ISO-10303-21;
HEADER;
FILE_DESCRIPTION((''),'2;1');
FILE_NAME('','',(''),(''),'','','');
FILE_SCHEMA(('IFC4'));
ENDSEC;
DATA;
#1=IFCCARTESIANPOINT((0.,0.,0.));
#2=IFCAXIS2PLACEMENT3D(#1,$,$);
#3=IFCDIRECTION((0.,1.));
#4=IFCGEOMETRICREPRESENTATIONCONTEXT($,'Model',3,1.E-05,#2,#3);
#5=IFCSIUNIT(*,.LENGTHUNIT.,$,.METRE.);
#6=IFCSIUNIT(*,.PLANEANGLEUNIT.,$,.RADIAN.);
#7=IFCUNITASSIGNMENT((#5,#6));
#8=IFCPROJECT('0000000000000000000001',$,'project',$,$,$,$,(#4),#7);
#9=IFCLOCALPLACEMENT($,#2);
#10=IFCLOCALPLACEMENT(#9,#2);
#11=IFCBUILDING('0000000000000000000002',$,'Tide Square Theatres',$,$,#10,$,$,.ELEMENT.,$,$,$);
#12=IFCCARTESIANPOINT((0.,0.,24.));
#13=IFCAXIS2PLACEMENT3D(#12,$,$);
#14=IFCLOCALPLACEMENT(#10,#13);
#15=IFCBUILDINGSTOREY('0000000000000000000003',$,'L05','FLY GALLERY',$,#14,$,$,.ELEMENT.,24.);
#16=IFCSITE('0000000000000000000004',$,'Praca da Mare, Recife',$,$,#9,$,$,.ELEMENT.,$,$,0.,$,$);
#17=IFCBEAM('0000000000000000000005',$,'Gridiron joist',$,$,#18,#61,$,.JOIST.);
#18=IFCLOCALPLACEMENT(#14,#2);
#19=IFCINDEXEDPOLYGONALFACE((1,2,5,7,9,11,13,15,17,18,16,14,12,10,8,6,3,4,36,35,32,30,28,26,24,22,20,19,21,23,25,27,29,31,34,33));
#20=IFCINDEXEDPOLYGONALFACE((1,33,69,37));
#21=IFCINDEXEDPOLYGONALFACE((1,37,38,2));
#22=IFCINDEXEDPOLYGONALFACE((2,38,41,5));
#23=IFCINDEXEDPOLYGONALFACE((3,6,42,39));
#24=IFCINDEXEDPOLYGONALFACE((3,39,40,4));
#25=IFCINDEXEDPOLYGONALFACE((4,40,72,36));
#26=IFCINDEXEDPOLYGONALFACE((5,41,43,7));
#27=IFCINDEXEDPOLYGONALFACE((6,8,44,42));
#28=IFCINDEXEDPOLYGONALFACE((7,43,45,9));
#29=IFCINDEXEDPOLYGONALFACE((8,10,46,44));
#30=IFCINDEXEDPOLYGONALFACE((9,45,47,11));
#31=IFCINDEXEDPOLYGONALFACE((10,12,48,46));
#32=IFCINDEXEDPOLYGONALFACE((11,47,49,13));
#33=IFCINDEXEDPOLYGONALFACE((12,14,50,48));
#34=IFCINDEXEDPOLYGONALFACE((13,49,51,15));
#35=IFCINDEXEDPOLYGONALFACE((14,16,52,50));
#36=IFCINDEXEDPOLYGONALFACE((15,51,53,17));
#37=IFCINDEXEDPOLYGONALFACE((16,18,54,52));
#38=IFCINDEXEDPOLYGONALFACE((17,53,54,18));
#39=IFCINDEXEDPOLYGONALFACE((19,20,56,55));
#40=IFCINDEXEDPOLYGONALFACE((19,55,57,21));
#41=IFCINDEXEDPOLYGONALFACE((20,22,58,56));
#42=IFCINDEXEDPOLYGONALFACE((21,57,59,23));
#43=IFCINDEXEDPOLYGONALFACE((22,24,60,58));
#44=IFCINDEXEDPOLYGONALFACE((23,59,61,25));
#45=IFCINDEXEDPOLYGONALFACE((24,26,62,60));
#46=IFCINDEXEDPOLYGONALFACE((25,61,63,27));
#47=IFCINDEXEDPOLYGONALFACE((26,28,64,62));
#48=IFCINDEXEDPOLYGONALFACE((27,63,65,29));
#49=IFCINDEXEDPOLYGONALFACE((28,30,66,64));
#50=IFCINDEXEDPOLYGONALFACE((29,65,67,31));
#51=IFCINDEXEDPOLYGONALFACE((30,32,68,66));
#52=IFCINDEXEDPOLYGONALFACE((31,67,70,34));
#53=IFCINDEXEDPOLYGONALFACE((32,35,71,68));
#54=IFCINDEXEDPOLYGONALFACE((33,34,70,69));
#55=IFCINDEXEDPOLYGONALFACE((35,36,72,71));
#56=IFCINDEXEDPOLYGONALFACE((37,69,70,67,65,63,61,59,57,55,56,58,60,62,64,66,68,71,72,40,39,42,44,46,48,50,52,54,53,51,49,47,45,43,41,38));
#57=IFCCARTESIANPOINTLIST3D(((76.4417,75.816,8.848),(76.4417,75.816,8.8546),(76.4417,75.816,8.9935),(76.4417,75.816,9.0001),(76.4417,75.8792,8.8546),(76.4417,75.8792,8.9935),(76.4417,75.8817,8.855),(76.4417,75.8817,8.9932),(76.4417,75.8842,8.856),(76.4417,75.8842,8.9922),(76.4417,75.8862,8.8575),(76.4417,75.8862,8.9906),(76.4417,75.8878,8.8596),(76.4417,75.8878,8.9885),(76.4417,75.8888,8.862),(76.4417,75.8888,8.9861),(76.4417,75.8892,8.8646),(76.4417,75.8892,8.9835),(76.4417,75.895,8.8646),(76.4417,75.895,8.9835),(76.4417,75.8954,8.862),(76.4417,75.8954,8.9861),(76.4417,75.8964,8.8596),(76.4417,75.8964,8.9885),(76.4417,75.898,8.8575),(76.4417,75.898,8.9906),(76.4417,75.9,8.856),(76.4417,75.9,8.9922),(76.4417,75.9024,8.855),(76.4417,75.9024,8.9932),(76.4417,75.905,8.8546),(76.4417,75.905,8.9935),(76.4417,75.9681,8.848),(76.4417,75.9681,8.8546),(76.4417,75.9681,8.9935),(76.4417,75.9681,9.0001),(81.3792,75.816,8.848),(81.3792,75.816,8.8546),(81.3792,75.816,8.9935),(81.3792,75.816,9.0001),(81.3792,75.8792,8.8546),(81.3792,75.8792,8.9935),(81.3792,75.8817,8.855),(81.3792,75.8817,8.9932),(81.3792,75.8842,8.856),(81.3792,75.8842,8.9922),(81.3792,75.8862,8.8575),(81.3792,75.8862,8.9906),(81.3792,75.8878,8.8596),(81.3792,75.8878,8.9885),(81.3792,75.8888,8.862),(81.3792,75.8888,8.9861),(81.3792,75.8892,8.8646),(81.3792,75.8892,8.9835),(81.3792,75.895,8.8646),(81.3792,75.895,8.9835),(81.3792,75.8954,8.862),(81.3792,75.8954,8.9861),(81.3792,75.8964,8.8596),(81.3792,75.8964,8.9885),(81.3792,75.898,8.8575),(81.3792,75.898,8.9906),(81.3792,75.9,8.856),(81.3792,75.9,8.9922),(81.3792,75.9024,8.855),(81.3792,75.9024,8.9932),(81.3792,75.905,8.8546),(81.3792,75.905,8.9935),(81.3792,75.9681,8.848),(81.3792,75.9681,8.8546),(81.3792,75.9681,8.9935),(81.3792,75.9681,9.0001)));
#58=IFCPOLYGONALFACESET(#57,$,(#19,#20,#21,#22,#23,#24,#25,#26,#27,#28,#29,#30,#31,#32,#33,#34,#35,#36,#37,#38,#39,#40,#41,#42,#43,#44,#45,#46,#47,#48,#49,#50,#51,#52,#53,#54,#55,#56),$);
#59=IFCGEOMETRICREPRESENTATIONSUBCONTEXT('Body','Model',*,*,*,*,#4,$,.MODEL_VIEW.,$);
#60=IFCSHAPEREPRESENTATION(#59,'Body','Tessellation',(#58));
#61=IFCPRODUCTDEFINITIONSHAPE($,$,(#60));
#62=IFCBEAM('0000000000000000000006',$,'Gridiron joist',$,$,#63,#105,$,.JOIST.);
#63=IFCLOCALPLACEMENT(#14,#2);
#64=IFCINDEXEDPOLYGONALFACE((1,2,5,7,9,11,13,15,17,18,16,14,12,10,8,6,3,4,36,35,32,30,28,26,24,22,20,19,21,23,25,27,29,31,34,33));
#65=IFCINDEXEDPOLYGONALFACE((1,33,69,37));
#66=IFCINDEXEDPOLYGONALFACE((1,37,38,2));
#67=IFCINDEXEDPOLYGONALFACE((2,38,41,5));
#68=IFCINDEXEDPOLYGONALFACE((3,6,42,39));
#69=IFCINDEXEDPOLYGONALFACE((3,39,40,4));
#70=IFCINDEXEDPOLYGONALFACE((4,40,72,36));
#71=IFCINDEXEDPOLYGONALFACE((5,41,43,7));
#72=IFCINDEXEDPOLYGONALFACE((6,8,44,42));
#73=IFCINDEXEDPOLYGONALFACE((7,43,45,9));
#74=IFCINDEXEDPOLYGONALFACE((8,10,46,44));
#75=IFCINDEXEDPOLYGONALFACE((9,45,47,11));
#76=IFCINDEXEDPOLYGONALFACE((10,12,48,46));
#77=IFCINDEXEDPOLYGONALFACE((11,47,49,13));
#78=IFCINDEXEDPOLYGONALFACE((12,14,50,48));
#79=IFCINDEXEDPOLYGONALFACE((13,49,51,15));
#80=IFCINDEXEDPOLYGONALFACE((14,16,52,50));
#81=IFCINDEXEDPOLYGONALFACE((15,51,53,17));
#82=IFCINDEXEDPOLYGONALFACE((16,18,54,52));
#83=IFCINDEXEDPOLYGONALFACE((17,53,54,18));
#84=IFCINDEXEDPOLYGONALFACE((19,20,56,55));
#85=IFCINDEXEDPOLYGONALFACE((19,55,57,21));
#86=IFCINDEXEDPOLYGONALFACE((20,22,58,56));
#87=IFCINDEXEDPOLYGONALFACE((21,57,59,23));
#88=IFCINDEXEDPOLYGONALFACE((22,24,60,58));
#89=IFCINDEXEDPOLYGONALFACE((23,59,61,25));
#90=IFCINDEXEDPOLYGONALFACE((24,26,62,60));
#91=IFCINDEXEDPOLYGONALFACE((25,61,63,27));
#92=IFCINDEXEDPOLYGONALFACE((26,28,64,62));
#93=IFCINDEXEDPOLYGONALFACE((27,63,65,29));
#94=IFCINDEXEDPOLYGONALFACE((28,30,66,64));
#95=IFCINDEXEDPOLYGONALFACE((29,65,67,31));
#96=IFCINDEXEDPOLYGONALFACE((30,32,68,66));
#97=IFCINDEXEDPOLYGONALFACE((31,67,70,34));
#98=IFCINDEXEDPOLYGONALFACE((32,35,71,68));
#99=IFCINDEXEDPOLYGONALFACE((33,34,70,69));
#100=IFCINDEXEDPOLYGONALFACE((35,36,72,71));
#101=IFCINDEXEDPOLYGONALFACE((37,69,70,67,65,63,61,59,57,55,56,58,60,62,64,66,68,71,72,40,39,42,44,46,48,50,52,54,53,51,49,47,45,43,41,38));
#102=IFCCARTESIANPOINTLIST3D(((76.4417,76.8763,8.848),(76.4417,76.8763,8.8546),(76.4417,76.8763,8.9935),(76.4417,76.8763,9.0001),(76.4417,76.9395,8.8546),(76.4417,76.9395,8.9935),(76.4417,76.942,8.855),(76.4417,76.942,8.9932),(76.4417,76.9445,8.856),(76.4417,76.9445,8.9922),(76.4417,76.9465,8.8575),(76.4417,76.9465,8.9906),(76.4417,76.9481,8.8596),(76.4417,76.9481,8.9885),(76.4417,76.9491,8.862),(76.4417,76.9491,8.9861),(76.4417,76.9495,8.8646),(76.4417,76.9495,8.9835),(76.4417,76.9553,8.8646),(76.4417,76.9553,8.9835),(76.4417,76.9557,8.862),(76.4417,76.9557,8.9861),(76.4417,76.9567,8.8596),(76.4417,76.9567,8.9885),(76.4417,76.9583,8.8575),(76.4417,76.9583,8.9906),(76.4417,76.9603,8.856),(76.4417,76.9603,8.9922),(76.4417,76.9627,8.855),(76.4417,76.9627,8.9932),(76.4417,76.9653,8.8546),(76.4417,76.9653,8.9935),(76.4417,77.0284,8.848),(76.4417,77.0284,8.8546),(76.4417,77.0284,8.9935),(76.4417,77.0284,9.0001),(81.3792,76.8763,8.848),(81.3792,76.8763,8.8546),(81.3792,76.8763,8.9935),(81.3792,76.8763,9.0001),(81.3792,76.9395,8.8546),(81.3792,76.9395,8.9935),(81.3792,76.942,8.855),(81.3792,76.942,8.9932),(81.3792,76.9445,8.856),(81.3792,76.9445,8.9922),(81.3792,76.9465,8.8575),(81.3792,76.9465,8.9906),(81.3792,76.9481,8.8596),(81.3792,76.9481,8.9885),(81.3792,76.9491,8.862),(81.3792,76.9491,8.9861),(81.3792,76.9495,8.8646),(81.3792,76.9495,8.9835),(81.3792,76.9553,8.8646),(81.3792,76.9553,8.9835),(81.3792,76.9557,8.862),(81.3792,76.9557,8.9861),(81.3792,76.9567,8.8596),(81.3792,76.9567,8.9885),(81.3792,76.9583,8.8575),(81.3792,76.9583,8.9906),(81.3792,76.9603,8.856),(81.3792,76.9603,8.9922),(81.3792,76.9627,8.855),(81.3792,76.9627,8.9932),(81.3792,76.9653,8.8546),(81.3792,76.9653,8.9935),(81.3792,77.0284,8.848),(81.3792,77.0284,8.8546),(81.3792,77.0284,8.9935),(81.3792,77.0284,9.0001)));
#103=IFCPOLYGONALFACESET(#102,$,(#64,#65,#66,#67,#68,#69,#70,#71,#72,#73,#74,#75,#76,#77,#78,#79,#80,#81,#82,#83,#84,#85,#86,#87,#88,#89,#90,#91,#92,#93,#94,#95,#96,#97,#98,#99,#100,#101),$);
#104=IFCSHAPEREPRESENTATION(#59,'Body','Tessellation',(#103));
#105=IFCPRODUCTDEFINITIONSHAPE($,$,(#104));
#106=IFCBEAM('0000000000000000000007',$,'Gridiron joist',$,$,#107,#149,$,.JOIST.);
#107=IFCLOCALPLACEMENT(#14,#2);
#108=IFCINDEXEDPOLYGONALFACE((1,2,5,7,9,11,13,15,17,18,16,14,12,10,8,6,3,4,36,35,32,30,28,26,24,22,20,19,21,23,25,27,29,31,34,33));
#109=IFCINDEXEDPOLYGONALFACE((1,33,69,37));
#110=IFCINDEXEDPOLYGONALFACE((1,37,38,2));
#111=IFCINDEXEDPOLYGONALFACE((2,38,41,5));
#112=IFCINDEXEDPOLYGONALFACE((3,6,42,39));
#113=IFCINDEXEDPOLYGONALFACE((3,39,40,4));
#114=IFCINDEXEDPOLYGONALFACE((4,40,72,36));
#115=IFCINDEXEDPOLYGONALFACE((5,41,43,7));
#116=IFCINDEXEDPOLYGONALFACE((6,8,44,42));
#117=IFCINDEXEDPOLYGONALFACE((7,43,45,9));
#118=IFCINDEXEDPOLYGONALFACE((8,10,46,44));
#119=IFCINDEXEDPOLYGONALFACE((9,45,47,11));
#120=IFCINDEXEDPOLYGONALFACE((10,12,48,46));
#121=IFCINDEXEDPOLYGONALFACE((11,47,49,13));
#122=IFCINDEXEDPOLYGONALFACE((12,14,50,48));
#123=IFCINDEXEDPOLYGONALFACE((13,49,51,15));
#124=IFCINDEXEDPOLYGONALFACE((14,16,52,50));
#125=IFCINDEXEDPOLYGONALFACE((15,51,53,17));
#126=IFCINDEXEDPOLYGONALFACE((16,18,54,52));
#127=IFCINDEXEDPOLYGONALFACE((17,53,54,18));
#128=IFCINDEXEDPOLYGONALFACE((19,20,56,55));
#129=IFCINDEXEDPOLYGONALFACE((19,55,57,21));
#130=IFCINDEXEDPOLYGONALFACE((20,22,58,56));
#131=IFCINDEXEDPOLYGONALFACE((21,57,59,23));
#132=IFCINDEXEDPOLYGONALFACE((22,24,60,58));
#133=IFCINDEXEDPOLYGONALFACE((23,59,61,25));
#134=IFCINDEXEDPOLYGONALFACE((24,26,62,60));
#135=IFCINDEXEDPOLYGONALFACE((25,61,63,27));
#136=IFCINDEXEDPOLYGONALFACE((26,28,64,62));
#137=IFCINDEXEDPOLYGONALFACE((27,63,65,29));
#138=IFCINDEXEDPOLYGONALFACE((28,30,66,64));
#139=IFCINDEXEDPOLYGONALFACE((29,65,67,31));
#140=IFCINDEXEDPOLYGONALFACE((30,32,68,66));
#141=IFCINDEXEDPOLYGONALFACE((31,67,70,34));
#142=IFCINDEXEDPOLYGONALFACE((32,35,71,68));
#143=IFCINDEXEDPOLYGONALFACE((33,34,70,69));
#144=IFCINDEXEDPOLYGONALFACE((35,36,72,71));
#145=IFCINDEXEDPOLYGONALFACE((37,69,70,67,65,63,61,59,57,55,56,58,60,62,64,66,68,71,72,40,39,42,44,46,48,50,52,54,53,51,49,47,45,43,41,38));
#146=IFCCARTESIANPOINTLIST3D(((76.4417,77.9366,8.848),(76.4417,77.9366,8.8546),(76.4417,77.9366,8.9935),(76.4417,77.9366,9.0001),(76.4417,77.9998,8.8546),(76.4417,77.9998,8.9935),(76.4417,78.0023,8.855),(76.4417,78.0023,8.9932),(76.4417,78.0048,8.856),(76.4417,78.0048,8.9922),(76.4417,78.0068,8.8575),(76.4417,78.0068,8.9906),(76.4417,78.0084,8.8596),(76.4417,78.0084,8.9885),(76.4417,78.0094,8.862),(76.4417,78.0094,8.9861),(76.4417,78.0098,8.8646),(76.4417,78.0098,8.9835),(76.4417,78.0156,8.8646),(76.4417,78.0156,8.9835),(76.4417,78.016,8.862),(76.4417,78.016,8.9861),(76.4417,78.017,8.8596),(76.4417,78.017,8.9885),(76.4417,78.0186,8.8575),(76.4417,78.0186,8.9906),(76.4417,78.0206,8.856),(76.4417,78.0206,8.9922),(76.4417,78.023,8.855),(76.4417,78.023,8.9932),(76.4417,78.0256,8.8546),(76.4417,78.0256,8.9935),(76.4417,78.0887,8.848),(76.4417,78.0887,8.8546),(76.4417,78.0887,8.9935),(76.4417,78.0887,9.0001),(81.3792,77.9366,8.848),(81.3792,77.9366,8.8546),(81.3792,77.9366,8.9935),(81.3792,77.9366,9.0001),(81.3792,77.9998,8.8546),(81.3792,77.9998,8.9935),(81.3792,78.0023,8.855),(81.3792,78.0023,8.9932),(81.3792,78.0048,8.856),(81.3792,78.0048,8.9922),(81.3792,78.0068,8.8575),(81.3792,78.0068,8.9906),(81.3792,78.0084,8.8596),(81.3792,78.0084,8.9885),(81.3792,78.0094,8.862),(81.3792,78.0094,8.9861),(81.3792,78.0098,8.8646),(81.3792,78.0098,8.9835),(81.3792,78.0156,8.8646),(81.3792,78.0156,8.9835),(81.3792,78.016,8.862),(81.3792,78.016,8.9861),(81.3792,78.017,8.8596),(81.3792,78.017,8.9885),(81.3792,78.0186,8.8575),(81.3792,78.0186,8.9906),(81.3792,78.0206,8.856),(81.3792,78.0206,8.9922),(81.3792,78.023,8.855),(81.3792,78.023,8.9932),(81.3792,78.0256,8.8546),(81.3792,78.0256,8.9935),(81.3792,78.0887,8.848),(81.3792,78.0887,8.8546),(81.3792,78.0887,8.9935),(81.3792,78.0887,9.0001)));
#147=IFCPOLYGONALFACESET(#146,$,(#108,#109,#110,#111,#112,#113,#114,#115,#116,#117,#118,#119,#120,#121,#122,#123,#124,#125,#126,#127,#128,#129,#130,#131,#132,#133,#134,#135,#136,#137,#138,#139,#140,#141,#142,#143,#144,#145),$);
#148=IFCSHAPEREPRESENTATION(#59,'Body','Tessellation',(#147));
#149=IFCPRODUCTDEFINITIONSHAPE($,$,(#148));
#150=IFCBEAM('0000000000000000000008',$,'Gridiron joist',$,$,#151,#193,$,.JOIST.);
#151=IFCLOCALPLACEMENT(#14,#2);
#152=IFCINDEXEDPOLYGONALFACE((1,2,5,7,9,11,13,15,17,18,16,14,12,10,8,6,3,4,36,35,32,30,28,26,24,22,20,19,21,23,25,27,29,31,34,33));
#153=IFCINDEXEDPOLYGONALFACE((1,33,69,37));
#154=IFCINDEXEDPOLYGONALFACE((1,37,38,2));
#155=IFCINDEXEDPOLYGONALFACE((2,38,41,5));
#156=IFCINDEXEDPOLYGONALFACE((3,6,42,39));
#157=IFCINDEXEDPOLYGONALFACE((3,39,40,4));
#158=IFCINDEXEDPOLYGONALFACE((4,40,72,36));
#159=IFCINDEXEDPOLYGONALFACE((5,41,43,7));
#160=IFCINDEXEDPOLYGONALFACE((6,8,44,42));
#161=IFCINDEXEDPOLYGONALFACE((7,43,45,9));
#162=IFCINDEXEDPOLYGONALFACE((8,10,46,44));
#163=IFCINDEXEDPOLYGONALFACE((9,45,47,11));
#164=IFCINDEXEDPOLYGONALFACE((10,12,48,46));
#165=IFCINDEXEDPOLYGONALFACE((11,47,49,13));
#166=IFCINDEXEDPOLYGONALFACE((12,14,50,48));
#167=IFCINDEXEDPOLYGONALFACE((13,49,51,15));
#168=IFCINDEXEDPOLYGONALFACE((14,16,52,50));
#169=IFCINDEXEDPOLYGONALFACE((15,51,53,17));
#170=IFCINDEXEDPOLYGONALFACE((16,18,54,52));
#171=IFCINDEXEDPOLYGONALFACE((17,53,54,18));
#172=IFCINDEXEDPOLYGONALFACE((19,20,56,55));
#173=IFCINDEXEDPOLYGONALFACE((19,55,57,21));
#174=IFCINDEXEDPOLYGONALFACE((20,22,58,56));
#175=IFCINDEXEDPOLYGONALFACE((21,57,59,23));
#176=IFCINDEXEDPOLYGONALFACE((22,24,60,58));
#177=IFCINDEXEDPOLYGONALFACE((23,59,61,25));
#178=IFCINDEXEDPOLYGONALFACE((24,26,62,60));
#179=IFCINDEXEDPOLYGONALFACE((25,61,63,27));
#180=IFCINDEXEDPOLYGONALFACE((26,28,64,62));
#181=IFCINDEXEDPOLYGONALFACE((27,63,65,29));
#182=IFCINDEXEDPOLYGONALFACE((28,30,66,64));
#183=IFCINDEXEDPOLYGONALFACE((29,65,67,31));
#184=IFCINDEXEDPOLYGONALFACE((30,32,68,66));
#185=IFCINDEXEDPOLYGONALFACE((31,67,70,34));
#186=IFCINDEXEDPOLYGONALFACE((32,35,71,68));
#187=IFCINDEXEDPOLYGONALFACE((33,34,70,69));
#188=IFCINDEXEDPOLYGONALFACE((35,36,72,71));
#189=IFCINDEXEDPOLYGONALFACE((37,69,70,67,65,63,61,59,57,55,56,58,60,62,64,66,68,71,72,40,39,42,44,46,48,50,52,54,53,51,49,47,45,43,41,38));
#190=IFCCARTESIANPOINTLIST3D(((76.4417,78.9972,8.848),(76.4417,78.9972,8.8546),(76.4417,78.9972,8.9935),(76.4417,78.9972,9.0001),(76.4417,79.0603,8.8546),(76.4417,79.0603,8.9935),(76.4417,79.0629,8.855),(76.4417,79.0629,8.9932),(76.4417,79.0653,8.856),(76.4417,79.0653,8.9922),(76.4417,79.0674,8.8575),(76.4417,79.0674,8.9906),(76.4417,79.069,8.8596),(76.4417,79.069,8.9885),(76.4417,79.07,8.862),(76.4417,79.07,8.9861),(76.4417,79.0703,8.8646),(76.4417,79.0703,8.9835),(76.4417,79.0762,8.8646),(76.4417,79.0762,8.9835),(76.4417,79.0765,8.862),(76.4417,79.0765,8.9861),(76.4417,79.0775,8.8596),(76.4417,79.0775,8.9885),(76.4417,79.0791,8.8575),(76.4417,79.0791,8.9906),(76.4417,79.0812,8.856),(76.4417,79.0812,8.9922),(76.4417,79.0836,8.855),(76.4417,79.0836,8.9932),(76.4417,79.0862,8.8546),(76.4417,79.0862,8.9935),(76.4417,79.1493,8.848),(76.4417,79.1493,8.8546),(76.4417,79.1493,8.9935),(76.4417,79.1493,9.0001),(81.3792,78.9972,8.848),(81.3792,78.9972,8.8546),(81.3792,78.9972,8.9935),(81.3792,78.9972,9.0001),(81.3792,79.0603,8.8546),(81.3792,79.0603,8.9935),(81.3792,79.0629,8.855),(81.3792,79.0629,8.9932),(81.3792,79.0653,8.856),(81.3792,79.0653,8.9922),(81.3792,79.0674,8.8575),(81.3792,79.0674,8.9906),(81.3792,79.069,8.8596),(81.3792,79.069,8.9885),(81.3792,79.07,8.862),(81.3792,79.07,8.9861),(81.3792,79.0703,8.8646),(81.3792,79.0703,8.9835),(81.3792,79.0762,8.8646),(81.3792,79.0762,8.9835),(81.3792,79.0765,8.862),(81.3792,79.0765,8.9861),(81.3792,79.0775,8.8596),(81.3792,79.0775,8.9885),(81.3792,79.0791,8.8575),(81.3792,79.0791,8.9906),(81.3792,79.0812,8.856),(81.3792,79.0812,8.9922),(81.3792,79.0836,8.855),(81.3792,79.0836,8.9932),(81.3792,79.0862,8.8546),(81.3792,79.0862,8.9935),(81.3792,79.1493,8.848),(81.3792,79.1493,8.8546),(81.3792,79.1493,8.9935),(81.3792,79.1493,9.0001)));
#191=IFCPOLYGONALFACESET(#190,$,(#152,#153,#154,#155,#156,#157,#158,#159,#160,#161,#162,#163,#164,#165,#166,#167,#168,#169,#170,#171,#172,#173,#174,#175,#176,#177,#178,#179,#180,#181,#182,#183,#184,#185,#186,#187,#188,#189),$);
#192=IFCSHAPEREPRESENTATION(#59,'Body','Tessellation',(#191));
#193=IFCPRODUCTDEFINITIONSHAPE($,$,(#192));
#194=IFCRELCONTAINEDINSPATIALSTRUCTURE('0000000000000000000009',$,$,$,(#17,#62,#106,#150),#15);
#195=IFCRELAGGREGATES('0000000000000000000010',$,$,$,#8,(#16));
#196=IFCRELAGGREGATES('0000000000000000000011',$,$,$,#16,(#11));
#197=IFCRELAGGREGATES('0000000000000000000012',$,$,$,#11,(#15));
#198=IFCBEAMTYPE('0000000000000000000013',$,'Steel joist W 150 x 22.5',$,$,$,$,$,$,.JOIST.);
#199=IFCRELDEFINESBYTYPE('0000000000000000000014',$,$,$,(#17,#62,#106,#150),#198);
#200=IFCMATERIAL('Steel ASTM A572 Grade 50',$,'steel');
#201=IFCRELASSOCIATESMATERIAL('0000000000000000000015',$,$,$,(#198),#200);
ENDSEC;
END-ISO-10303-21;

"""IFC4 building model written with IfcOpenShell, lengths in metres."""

from ifc_helpers import new_model, si_unit, direction, frame, origin, origin_2d, place, context, subcontext, project, spatial, i_section, extrude, material, material_profile, profile_set, type_object, element, save


model = new_model("IFC4")

# Units and contexts
model_context = context("Model", 3, precision=1e-05, world=origin(), true_north=direction((0.0, 1.0)))
body_context = subcontext(model_context, "Body", "Model", "MODEL_VIEW")
ifc_project = project(units=[si_unit("LENGTHUNIT", "METRE"), si_unit("PLANEANGLEUNIT", "RADIAN")], contexts=[model_context])

# Site, building, storey
site_placement = place(None, origin())
site = spatial("IfcSite", under=ifc_project, at=site_placement, Name="Praca da Mare, Recife", CompositionType="ELEMENT", RefElevation=0.0)
building_placement = place(site_placement, origin())
building = spatial("IfcBuilding", under=site, at=building_placement, Name="Tide Square Theatres", CompositionType="ELEMENT")
storey_placement = place(building_placement, frame((0.0, 0.0, 24.0)))
storey = spatial("IfcBuildingStorey", under=building, at=storey_placement, Name="L05", Description="FLY GALLERY", CompositionType="ELEMENT", Elevation=24.0)

# Beams
ifc_material_1 = material(Name="Steel ASTM A572 Grade 50", Category="steel")
ifc_material_profile_1 = material_profile(ifc_material_1, i_section(OverallWidth=0.1521, OverallDepth=0.1521, WebThickness=0.0059, FlangeThickness=0.0066, FilletRadius=0.01, at=origin_2d()))
ifc_profile_set_1 = profile_set([ifc_material_profile_1], Name="Steel ASTM A572 Grade 50")
beam_type_1 = type_object("IfcBeamType", Name="Steel joist W 150 x 22.5", PredefinedType="JOIST", material=ifc_profile_set_1)
for number, where, z_axis, x_axis, name in (
    (1, (76.4417, 75.8921, 8.9241), (1.0, 0.0, 0.0), (0.0, 1.0, 0.0), "Gridiron joist"),
    (2, (76.4417, 76.9524, 8.9241), (1.0, 0.0, 0.0), (0.0, 1.0, 0.0), "Gridiron joist"),
    (3, (76.4417, 78.0127, 8.9241), (1.0, 0.0, 0.0), (0.0, 1.0, 0.0), "Gridiron joist"),
    (4, (76.4417, 79.0732, 8.9241), (1.0, 0.0, 0.0), (0.0, 1.0, 0.0), "Gridiron joist"),
):
    element("IfcBeam", number, at=place(storey_placement, frame(where, z_axis=z_axis, x_axis=x_axis)), inside=storey, type_object=beam_type_1, Name=name, PredefinedType="JOIST", context=body_context, shape_type="SweptSolid", body=[
        extrude(i_section(OverallWidth=0.1521, OverallDepth=0.1521, WebThickness=0.0059, FlangeThickness=0.0066, FilletRadius=0.01, at=origin_2d()), origin(), (0.0, 0.0, 1.0), 4.9375),
    ])

save(model, "model.ifc")
